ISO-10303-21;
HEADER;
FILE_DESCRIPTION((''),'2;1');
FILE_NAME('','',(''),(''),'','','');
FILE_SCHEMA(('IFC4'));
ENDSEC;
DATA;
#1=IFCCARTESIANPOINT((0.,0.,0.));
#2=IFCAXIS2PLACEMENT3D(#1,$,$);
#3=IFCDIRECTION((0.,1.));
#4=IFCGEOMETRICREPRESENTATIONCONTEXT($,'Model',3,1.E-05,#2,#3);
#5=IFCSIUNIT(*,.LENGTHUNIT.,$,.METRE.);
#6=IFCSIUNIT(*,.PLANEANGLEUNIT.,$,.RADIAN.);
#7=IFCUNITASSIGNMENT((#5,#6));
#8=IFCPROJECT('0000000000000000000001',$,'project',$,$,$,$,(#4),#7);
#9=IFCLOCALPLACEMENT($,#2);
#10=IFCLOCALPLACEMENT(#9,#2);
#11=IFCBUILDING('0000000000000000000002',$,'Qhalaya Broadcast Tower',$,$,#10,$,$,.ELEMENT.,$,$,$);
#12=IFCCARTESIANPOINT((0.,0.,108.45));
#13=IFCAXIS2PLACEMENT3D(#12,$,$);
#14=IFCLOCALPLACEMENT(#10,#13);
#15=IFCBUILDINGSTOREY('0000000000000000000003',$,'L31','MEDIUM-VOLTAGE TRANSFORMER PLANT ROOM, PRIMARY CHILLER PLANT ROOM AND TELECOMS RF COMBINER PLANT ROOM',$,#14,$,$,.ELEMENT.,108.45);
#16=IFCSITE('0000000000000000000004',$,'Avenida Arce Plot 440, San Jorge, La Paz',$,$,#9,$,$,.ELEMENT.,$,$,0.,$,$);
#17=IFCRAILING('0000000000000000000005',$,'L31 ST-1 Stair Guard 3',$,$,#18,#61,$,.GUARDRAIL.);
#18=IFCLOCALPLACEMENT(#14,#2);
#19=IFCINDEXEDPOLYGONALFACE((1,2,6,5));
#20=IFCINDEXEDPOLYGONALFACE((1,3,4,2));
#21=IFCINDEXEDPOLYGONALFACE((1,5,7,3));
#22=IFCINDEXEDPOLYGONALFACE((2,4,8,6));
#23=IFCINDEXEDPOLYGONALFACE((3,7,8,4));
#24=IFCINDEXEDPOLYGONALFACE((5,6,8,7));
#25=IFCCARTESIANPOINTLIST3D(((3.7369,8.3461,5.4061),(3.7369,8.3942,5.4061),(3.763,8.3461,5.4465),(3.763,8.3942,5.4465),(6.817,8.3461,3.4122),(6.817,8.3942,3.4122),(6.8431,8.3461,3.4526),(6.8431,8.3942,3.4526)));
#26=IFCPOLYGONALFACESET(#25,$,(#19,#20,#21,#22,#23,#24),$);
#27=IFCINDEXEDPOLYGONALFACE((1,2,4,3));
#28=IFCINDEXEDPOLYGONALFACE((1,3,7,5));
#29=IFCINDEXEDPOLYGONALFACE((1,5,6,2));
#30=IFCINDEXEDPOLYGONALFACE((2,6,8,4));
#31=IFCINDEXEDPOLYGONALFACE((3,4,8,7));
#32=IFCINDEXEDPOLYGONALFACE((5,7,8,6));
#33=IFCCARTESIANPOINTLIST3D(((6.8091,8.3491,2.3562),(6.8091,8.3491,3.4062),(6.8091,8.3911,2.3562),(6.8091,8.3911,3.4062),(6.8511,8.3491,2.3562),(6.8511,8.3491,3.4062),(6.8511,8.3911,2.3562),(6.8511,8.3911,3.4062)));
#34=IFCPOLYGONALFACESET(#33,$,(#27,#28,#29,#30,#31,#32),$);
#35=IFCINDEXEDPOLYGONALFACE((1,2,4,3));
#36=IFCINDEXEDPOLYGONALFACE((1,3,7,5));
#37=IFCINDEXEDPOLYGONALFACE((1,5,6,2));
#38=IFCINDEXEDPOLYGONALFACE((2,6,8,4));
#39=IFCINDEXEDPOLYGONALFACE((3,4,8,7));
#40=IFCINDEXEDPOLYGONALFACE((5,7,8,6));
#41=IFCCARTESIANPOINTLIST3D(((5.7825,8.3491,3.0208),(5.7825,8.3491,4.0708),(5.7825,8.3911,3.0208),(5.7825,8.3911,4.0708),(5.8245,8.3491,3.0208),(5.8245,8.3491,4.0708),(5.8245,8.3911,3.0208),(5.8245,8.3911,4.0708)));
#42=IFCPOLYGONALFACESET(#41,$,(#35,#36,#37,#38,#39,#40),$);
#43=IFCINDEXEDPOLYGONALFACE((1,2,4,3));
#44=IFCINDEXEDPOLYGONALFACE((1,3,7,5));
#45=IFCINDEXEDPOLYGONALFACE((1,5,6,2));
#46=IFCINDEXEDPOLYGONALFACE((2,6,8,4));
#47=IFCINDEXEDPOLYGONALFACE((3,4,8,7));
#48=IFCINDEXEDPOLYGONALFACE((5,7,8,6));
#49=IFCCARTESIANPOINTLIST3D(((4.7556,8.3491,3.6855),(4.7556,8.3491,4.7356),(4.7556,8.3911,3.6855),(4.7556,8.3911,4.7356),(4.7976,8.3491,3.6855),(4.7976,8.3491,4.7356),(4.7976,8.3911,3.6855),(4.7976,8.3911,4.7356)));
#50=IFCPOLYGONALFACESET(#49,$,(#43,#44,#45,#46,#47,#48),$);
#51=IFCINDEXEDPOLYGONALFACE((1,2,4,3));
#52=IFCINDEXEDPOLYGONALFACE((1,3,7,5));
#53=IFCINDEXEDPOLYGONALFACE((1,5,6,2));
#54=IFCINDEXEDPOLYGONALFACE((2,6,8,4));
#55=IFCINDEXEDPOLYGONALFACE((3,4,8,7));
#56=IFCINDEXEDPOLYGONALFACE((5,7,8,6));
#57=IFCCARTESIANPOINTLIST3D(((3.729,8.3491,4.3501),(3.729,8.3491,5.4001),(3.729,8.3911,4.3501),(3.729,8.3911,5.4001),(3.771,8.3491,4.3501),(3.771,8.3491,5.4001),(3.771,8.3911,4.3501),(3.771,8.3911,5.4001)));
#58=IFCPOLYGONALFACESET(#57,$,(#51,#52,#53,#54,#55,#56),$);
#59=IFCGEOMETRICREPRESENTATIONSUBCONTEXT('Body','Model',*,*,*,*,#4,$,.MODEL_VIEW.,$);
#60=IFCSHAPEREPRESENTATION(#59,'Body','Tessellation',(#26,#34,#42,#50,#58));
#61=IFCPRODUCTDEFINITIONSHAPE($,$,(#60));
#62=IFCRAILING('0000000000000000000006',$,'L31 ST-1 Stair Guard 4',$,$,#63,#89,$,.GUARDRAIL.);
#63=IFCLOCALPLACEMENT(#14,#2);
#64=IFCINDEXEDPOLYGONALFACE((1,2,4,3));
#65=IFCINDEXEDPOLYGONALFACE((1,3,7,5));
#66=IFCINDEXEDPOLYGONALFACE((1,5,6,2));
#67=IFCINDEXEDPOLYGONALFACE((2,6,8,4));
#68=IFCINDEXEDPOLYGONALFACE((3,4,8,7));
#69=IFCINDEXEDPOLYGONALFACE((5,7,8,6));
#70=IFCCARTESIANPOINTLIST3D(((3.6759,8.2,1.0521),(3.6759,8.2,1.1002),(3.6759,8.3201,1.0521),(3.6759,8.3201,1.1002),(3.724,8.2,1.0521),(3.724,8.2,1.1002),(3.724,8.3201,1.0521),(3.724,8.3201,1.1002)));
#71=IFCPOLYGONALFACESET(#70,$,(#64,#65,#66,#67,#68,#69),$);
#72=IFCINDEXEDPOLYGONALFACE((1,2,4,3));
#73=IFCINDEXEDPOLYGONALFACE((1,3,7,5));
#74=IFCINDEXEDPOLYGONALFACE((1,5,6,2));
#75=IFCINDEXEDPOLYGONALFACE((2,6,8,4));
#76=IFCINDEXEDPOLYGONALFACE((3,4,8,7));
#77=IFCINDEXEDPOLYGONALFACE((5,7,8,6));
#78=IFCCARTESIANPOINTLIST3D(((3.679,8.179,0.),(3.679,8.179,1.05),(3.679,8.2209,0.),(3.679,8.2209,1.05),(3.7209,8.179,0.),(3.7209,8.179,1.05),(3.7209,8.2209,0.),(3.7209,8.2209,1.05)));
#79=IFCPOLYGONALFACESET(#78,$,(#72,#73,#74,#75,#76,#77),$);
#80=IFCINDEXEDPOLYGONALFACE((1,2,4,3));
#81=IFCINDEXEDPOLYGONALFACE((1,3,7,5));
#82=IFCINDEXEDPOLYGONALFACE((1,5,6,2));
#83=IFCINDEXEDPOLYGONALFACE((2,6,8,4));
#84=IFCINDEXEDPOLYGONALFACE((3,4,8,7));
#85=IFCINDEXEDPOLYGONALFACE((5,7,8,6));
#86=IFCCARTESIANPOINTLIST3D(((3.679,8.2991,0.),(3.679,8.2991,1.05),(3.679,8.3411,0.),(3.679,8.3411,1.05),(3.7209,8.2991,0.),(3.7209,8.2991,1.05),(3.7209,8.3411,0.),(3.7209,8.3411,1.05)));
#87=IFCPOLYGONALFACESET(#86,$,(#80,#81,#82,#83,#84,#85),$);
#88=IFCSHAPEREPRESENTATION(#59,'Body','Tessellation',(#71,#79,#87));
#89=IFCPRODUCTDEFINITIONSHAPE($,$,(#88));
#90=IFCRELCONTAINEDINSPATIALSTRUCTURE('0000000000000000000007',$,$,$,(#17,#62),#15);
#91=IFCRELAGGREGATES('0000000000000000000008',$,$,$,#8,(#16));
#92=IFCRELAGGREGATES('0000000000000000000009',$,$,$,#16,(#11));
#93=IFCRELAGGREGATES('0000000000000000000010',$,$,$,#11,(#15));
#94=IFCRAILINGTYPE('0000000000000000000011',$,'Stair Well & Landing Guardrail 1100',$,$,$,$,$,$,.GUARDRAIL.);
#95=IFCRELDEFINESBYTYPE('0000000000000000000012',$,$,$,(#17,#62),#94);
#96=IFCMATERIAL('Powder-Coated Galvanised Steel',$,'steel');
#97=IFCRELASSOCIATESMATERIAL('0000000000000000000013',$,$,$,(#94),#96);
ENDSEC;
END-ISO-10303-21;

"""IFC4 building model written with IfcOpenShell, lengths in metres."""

from ifc_helpers import new_model, si_unit, direction, frame, origin, origin_2d, place, context, subcontext, project, spatial, rectangle, extrude, material, type_object, element, save


model = new_model("IFC4")

# Units and contexts
model_context = context("Model", 3, precision=1e-05, world=origin(), true_north=direction((0.0, 1.0)))
body_context = subcontext(model_context, "Body", "Model", "MODEL_VIEW")
ifc_project = project(units=[si_unit("LENGTHUNIT", "METRE"), si_unit("PLANEANGLEUNIT", "RADIAN")], contexts=[model_context])

# Site, building, storey
site_placement = place(None, origin())
site = spatial("IfcSite", under=ifc_project, at=site_placement, Name="Avenida Arce Plot 440, San Jorge, La Paz", CompositionType="ELEMENT", RefElevation=0.0)
building_placement = place(site_placement, origin())
building = spatial("IfcBuilding", under=site, at=building_placement, Name="Qhalaya Broadcast Tower", CompositionType="ELEMENT")
storey_placement = place(building_placement, frame((0.0, 0.0, 108.45)))
storey = spatial("IfcBuildingStorey", under=building, at=storey_placement, Name="L31", Description="MEDIUM-VOLTAGE TRANSFORMER PLANT ROOM, PRIMARY CHILLER PLANT ROOM AND TELECOMS RF COMBINER PLANT ROOM", CompositionType="ELEMENT", Elevation=108.45)

# Railings
ifc_material_1 = material(Name="Powder-Coated Galvanised Steel", Category="steel")
railing_type_1 = type_object("IfcRailingType", Name="Stair Well & Landing Guardrail 1100", PredefinedType="GUARDRAIL", material=ifc_material_1)
railing_1_placement = place(storey_placement, frame((6.8301, 8.3701, 2.3562)))
element("IfcRailing", 1, at=railing_1_placement, inside=storey, type_object=railing_type_1, Name="L31 ST-1 Stair Guard 3", PredefinedType="GUARDRAIL", context=body_context, shape_type="SweptSolid", body=[
    extrude(rectangle(XDim=0.0481, YDim=0.0481, at=origin_2d()), frame((0.0, 0.0, 1.0762), z_axis=(-0.839458, 0.0, 0.543425), x_axis=(0.0, -1.0, 0.0)), (0.0, 0.0, 1.0), 3.6692),
    extrude(rectangle(XDim=0.042, YDim=0.042, at=origin_2d()), origin(), (0.0, 0.0, 1.0), 1.05),
    extrude(rectangle(XDim=0.042, YDim=0.042, at=origin_2d()), frame((-1.0266, 0.0, 0.6646)), (0.0, 0.0, 1.0), 1.05),
    extrude(rectangle(XDim=0.042, YDim=0.042, at=origin_2d()), frame((-2.0535, 0.0, 1.3293)), (0.0, 0.0, 1.0), 1.05),
    extrude(rectangle(XDim=0.042, YDim=0.042, at=origin_2d()), frame((-3.0801, 0.0, 1.9939)), (0.0, 0.0, 1.0), 1.05),
])
railing_2_placement = place(storey_placement, frame((3.7, 8.2, 0.0)))
element("IfcRailing", 2, at=railing_2_placement, inside=storey, type_object=railing_type_1, Name="L31 ST-1 Stair Guard 4", PredefinedType="GUARDRAIL", context=body_context, shape_type="SweptSolid", body=[
    extrude(rectangle(XDim=0.0481, YDim=0.0481, at=origin_2d()), frame((0.0, 0.0, 1.0762), z_axis=(0.0, 1.0, 0.0), x_axis=(-1.0, 0.0, 0.0)), (0.0, 0.0, 1.0), 0.1201),
    extrude(rectangle(XDim=0.042, YDim=0.042, at=origin_2d()), origin(), (0.0, 0.0, 1.0), 1.05),
    extrude(rectangle(XDim=0.042, YDim=0.042, at=origin_2d()), frame((0.0, 0.1201, 0.0)), (0.0, 0.0, 1.0), 1.05),
])

save(model, "model.ifc")
